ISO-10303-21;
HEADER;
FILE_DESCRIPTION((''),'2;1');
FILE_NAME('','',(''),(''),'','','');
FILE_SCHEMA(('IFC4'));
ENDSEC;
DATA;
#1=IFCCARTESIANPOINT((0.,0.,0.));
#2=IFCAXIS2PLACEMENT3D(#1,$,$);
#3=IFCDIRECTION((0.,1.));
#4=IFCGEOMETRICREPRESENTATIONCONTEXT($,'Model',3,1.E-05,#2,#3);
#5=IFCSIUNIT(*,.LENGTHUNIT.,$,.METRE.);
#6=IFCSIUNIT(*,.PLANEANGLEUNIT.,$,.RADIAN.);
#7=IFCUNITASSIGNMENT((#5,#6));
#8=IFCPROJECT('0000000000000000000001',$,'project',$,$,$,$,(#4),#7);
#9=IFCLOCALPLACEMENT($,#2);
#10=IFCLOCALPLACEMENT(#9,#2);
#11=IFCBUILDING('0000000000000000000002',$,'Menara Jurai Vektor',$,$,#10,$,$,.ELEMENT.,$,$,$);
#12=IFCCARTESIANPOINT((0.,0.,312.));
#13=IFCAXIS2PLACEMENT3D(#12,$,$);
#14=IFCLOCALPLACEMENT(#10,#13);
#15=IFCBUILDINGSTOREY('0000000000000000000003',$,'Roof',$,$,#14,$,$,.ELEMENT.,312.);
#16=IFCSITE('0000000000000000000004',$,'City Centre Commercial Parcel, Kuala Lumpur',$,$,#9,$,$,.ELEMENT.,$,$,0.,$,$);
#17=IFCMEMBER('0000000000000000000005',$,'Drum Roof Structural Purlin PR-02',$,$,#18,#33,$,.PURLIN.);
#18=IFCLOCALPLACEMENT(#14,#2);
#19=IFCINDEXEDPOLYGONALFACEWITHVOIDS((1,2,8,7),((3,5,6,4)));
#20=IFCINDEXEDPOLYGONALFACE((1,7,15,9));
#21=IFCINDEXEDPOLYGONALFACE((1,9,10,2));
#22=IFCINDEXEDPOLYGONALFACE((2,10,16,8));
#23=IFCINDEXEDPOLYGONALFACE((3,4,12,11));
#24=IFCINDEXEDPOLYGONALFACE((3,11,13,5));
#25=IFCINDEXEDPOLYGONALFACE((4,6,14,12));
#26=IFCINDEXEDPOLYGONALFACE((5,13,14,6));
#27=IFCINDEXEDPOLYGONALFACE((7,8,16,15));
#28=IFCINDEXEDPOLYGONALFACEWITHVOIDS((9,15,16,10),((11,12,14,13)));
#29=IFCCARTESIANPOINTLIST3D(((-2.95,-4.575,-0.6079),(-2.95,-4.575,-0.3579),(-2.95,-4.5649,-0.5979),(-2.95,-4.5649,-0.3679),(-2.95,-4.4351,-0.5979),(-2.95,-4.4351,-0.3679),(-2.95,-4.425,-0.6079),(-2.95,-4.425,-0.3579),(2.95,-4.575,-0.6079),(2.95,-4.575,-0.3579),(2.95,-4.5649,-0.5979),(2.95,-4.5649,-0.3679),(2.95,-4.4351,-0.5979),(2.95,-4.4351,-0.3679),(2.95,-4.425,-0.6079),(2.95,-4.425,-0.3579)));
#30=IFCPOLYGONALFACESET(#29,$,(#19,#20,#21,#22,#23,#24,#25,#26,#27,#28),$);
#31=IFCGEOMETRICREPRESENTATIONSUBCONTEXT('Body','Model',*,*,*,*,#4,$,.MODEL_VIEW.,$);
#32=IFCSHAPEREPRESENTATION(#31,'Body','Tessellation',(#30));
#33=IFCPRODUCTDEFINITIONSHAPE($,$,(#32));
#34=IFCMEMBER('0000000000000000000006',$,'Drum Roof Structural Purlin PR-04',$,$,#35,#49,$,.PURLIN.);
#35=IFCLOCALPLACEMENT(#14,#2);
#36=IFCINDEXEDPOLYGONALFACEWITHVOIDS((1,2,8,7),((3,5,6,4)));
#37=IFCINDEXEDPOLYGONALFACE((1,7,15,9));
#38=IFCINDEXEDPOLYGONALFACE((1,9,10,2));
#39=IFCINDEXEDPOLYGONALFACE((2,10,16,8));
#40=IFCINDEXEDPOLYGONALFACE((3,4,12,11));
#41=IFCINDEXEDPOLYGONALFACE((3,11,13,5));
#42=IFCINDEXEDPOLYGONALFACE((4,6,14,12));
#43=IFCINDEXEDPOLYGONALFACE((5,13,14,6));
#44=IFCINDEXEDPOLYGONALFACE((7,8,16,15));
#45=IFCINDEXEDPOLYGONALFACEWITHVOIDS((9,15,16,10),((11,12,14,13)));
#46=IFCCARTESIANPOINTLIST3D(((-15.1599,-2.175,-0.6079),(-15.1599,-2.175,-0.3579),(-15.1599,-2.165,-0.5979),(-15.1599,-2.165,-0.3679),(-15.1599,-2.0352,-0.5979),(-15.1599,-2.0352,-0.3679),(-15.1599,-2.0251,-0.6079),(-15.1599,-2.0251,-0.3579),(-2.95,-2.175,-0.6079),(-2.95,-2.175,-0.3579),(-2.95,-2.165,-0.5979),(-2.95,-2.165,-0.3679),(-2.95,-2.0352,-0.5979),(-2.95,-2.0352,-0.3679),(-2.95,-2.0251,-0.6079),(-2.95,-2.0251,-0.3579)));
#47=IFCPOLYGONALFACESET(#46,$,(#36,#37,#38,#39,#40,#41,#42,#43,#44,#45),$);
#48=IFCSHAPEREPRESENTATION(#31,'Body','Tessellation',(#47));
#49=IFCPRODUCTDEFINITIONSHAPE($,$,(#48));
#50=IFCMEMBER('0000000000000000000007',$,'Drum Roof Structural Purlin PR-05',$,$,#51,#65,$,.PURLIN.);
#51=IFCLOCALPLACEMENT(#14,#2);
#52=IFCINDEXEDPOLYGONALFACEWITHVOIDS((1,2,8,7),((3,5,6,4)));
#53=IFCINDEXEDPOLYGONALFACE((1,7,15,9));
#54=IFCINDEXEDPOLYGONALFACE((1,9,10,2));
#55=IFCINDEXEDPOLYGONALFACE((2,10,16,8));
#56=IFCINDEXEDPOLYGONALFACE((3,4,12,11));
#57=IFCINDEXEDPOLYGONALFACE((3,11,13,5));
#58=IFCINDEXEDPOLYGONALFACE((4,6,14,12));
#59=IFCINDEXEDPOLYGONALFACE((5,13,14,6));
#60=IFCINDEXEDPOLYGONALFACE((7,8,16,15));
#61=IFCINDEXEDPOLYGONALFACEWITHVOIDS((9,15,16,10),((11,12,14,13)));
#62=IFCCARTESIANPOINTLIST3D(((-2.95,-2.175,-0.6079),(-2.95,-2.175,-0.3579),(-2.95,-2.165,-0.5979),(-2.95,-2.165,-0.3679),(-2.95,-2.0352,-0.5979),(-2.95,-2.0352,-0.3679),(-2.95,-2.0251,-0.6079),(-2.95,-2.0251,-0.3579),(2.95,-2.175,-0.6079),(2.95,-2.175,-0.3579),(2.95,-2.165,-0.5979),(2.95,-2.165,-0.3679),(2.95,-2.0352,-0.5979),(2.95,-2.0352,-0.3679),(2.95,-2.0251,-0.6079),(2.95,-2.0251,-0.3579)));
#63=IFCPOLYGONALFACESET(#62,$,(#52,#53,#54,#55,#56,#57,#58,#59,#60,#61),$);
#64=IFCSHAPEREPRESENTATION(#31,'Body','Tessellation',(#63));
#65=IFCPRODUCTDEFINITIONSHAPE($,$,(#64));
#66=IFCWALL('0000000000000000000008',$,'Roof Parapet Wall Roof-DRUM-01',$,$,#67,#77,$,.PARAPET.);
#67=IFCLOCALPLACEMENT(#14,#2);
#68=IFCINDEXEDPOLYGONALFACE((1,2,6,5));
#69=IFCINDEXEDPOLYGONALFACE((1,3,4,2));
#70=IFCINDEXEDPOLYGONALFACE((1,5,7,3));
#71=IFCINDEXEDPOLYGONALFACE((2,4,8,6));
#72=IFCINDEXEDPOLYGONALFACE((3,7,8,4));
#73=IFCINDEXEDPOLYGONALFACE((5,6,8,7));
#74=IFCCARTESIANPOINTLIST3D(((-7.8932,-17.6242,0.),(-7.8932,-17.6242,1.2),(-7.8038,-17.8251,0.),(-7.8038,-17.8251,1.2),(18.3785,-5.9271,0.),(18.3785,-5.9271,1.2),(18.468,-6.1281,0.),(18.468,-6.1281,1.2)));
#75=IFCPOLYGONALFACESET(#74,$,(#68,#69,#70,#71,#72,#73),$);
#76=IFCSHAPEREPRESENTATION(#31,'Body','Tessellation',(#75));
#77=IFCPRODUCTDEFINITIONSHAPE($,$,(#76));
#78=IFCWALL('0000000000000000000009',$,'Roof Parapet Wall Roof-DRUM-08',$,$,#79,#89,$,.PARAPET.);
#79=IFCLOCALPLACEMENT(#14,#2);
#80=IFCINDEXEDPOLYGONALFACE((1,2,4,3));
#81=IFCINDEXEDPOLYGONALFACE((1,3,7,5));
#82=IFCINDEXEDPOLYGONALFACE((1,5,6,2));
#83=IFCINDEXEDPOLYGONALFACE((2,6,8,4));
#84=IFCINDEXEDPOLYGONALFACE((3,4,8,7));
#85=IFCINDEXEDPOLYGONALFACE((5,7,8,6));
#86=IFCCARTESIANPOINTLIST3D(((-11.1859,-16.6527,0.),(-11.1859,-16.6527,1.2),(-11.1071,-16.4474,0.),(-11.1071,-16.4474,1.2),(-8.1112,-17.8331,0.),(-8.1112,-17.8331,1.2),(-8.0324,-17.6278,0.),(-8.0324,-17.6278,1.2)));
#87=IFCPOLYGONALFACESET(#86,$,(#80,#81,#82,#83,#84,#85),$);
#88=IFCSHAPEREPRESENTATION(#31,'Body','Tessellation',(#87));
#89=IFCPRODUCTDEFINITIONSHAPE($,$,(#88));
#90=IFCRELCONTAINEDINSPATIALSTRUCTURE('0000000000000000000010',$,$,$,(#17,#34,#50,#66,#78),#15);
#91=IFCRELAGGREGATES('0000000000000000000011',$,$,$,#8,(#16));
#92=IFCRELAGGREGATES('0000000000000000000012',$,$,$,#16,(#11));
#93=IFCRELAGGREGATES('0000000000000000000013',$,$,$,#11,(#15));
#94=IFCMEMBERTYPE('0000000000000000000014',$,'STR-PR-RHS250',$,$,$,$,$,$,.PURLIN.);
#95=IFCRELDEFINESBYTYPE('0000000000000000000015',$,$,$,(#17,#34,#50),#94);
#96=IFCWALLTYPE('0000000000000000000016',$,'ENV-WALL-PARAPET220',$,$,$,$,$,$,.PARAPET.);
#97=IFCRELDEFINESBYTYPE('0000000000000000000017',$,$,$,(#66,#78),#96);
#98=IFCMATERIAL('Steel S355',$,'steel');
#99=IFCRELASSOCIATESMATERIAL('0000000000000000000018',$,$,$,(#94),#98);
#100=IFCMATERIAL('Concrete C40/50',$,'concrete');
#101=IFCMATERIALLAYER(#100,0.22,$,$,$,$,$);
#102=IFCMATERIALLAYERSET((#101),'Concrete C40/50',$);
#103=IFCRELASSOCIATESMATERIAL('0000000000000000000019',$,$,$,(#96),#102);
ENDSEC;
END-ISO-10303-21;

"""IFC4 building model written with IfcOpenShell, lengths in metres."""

from ifc_helpers import new_model, si_unit, direction, frame, frame_2d, origin, origin_2d, place, context, subcontext, project, spatial, rectangle, hollow_rectangle, extrude, material, layer, layer_set, material_profile, profile_set, type_object, element, save


model = new_model("IFC4")

# Units and contexts
model_context = context("Model", 3, precision=1e-05, world=origin(), true_north=direction((0.0, 1.0)))
body_context = subcontext(model_context, "Body", "Model", "MODEL_VIEW")
ifc_project = project(units=[si_unit("LENGTHUNIT", "METRE"), si_unit("PLANEANGLEUNIT", "RADIAN")], contexts=[model_context])

# Site, building, storey
site_placement = place(None, origin())
site = spatial("IfcSite", under=ifc_project, at=site_placement, Name="City Centre Commercial Parcel, Kuala Lumpur", CompositionType="ELEMENT", RefElevation=0.0)
building_placement = place(site_placement, origin())
building = spatial("IfcBuilding", under=site, at=building_placement, Name="Menara Jurai Vektor", CompositionType="ELEMENT")
storey_placement = place(building_placement, frame((0.0, 0.0, 312.0)))
storey = spatial("IfcBuildingStorey", under=building, at=storey_placement, Name="Roof", CompositionType="ELEMENT", Elevation=312.0)

# Shared definitions
ifc_material_1 = material(Name="Steel S355", Category="steel")

# Members
ifc_material_profile_1 = material_profile(ifc_material_1, hollow_rectangle(XDim=0.1499, YDim=0.25, WallThickness=0.01, at=origin_2d()), Name="RHS 250x150x10")
ifc_profile_set_1 = profile_set([ifc_material_profile_1], Name="Steel S355")
member_type_1 = type_object("IfcMemberType", Name="STR-PR-RHS250", PredefinedType="PURLIN", material=ifc_profile_set_1)
member_1_placement = place(storey_placement, frame((-2.95, -4.5, -0.4829), z_axis=(1.0, 0.0, 0.0), x_axis=(0.0, 1.0, 0.0)))
element("IfcMember", 1, at=member_1_placement, inside=storey, type_object=member_type_1, Name="Drum Roof Structural Purlin PR-02", PredefinedType="PURLIN", context=body_context, shape_type="SweptSolid", body=[
    extrude(hollow_rectangle(XDim=0.1499, YDim=0.25, WallThickness=0.01, at=origin_2d()), origin(), (0.0, 0.0, 1.0), 5.8999),
])
member_2_placement = place(storey_placement, frame((-15.1599, -2.1001, -0.4829), z_axis=(1.0, 0.0, 0.0), x_axis=(0.0, 1.0, 0.0)))
element("IfcMember", 2, at=member_2_placement, inside=storey, type_object=member_type_1, Name="Drum Roof Structural Purlin PR-04", PredefinedType="PURLIN", context=body_context, shape_type="SweptSolid", body=[
    extrude(hollow_rectangle(XDim=0.1499, YDim=0.25, WallThickness=0.01, at=origin_2d()), origin(), (0.0, 0.0, 1.0), 12.21),
])
member_3_placement = place(storey_placement, frame((-2.95, -2.1001, -0.4829), z_axis=(1.0, 0.0, 0.0), x_axis=(0.0, 1.0, 0.0)))
element("IfcMember", 3, at=member_3_placement, inside=storey, type_object=member_type_1, Name="Drum Roof Structural Purlin PR-05", PredefinedType="PURLIN", context=body_context, shape_type="SweptSolid", body=[
    extrude(hollow_rectangle(XDim=0.1499, YDim=0.25, WallThickness=0.01, at=origin_2d()), origin(), (0.0, 0.0, 1.0), 5.8999),
])

# Walls
ifc_material_2 = material(Name="Concrete C40/50", Category="concrete")
ifc_layer = layer(ifc_material_2, 0.22)
ifc_layer_set = layer_set([ifc_layer], Name="Concrete C40/50")
wall_type = type_object("IfcWallType", Name="ENV-WALL-PARAPET220", PredefinedType="PARAPET", material=ifc_layer_set)
wall_1_placement = place(storey_placement, frame((-7.8484, -17.7246, 0.0), z_axis=(0.0, 0.0, 1.0), x_axis=(0.913544, 0.406739, 0.0)))
element("IfcWall", 4, at=wall_1_placement, inside=storey, type_object=wall_type, Name="Roof Parapet Wall Roof-DRUM-01", PredefinedType="PARAPET", context=body_context, shape_type="SweptSolid", body=[
    extrude(rectangle(XDim=28.7581, YDim=0.22, at=frame_2d((14.3789, 0.0))), origin(), (0.0, 0.0, 1.0), 1.2),
])
wall_2_placement = place(storey_placement, frame((-11.1465, -16.55, 0.0), z_axis=(0.0, 0.0, 1.0), x_axis=(0.933565, -0.358408, 0.0)))
element("IfcWall", 5, at=wall_2_placement, inside=storey, type_object=wall_type, Name="Roof Parapet Wall Roof-DRUM-08", PredefinedType="PARAPET", context=body_context, shape_type="SweptSolid", body=[
    extrude(rectangle(XDim=3.2935, YDim=0.22, at=frame_2d((1.6467, 0.0))), origin(), (0.0, 0.0, 1.0), 1.2),
])

save(model, "model.ifc")
